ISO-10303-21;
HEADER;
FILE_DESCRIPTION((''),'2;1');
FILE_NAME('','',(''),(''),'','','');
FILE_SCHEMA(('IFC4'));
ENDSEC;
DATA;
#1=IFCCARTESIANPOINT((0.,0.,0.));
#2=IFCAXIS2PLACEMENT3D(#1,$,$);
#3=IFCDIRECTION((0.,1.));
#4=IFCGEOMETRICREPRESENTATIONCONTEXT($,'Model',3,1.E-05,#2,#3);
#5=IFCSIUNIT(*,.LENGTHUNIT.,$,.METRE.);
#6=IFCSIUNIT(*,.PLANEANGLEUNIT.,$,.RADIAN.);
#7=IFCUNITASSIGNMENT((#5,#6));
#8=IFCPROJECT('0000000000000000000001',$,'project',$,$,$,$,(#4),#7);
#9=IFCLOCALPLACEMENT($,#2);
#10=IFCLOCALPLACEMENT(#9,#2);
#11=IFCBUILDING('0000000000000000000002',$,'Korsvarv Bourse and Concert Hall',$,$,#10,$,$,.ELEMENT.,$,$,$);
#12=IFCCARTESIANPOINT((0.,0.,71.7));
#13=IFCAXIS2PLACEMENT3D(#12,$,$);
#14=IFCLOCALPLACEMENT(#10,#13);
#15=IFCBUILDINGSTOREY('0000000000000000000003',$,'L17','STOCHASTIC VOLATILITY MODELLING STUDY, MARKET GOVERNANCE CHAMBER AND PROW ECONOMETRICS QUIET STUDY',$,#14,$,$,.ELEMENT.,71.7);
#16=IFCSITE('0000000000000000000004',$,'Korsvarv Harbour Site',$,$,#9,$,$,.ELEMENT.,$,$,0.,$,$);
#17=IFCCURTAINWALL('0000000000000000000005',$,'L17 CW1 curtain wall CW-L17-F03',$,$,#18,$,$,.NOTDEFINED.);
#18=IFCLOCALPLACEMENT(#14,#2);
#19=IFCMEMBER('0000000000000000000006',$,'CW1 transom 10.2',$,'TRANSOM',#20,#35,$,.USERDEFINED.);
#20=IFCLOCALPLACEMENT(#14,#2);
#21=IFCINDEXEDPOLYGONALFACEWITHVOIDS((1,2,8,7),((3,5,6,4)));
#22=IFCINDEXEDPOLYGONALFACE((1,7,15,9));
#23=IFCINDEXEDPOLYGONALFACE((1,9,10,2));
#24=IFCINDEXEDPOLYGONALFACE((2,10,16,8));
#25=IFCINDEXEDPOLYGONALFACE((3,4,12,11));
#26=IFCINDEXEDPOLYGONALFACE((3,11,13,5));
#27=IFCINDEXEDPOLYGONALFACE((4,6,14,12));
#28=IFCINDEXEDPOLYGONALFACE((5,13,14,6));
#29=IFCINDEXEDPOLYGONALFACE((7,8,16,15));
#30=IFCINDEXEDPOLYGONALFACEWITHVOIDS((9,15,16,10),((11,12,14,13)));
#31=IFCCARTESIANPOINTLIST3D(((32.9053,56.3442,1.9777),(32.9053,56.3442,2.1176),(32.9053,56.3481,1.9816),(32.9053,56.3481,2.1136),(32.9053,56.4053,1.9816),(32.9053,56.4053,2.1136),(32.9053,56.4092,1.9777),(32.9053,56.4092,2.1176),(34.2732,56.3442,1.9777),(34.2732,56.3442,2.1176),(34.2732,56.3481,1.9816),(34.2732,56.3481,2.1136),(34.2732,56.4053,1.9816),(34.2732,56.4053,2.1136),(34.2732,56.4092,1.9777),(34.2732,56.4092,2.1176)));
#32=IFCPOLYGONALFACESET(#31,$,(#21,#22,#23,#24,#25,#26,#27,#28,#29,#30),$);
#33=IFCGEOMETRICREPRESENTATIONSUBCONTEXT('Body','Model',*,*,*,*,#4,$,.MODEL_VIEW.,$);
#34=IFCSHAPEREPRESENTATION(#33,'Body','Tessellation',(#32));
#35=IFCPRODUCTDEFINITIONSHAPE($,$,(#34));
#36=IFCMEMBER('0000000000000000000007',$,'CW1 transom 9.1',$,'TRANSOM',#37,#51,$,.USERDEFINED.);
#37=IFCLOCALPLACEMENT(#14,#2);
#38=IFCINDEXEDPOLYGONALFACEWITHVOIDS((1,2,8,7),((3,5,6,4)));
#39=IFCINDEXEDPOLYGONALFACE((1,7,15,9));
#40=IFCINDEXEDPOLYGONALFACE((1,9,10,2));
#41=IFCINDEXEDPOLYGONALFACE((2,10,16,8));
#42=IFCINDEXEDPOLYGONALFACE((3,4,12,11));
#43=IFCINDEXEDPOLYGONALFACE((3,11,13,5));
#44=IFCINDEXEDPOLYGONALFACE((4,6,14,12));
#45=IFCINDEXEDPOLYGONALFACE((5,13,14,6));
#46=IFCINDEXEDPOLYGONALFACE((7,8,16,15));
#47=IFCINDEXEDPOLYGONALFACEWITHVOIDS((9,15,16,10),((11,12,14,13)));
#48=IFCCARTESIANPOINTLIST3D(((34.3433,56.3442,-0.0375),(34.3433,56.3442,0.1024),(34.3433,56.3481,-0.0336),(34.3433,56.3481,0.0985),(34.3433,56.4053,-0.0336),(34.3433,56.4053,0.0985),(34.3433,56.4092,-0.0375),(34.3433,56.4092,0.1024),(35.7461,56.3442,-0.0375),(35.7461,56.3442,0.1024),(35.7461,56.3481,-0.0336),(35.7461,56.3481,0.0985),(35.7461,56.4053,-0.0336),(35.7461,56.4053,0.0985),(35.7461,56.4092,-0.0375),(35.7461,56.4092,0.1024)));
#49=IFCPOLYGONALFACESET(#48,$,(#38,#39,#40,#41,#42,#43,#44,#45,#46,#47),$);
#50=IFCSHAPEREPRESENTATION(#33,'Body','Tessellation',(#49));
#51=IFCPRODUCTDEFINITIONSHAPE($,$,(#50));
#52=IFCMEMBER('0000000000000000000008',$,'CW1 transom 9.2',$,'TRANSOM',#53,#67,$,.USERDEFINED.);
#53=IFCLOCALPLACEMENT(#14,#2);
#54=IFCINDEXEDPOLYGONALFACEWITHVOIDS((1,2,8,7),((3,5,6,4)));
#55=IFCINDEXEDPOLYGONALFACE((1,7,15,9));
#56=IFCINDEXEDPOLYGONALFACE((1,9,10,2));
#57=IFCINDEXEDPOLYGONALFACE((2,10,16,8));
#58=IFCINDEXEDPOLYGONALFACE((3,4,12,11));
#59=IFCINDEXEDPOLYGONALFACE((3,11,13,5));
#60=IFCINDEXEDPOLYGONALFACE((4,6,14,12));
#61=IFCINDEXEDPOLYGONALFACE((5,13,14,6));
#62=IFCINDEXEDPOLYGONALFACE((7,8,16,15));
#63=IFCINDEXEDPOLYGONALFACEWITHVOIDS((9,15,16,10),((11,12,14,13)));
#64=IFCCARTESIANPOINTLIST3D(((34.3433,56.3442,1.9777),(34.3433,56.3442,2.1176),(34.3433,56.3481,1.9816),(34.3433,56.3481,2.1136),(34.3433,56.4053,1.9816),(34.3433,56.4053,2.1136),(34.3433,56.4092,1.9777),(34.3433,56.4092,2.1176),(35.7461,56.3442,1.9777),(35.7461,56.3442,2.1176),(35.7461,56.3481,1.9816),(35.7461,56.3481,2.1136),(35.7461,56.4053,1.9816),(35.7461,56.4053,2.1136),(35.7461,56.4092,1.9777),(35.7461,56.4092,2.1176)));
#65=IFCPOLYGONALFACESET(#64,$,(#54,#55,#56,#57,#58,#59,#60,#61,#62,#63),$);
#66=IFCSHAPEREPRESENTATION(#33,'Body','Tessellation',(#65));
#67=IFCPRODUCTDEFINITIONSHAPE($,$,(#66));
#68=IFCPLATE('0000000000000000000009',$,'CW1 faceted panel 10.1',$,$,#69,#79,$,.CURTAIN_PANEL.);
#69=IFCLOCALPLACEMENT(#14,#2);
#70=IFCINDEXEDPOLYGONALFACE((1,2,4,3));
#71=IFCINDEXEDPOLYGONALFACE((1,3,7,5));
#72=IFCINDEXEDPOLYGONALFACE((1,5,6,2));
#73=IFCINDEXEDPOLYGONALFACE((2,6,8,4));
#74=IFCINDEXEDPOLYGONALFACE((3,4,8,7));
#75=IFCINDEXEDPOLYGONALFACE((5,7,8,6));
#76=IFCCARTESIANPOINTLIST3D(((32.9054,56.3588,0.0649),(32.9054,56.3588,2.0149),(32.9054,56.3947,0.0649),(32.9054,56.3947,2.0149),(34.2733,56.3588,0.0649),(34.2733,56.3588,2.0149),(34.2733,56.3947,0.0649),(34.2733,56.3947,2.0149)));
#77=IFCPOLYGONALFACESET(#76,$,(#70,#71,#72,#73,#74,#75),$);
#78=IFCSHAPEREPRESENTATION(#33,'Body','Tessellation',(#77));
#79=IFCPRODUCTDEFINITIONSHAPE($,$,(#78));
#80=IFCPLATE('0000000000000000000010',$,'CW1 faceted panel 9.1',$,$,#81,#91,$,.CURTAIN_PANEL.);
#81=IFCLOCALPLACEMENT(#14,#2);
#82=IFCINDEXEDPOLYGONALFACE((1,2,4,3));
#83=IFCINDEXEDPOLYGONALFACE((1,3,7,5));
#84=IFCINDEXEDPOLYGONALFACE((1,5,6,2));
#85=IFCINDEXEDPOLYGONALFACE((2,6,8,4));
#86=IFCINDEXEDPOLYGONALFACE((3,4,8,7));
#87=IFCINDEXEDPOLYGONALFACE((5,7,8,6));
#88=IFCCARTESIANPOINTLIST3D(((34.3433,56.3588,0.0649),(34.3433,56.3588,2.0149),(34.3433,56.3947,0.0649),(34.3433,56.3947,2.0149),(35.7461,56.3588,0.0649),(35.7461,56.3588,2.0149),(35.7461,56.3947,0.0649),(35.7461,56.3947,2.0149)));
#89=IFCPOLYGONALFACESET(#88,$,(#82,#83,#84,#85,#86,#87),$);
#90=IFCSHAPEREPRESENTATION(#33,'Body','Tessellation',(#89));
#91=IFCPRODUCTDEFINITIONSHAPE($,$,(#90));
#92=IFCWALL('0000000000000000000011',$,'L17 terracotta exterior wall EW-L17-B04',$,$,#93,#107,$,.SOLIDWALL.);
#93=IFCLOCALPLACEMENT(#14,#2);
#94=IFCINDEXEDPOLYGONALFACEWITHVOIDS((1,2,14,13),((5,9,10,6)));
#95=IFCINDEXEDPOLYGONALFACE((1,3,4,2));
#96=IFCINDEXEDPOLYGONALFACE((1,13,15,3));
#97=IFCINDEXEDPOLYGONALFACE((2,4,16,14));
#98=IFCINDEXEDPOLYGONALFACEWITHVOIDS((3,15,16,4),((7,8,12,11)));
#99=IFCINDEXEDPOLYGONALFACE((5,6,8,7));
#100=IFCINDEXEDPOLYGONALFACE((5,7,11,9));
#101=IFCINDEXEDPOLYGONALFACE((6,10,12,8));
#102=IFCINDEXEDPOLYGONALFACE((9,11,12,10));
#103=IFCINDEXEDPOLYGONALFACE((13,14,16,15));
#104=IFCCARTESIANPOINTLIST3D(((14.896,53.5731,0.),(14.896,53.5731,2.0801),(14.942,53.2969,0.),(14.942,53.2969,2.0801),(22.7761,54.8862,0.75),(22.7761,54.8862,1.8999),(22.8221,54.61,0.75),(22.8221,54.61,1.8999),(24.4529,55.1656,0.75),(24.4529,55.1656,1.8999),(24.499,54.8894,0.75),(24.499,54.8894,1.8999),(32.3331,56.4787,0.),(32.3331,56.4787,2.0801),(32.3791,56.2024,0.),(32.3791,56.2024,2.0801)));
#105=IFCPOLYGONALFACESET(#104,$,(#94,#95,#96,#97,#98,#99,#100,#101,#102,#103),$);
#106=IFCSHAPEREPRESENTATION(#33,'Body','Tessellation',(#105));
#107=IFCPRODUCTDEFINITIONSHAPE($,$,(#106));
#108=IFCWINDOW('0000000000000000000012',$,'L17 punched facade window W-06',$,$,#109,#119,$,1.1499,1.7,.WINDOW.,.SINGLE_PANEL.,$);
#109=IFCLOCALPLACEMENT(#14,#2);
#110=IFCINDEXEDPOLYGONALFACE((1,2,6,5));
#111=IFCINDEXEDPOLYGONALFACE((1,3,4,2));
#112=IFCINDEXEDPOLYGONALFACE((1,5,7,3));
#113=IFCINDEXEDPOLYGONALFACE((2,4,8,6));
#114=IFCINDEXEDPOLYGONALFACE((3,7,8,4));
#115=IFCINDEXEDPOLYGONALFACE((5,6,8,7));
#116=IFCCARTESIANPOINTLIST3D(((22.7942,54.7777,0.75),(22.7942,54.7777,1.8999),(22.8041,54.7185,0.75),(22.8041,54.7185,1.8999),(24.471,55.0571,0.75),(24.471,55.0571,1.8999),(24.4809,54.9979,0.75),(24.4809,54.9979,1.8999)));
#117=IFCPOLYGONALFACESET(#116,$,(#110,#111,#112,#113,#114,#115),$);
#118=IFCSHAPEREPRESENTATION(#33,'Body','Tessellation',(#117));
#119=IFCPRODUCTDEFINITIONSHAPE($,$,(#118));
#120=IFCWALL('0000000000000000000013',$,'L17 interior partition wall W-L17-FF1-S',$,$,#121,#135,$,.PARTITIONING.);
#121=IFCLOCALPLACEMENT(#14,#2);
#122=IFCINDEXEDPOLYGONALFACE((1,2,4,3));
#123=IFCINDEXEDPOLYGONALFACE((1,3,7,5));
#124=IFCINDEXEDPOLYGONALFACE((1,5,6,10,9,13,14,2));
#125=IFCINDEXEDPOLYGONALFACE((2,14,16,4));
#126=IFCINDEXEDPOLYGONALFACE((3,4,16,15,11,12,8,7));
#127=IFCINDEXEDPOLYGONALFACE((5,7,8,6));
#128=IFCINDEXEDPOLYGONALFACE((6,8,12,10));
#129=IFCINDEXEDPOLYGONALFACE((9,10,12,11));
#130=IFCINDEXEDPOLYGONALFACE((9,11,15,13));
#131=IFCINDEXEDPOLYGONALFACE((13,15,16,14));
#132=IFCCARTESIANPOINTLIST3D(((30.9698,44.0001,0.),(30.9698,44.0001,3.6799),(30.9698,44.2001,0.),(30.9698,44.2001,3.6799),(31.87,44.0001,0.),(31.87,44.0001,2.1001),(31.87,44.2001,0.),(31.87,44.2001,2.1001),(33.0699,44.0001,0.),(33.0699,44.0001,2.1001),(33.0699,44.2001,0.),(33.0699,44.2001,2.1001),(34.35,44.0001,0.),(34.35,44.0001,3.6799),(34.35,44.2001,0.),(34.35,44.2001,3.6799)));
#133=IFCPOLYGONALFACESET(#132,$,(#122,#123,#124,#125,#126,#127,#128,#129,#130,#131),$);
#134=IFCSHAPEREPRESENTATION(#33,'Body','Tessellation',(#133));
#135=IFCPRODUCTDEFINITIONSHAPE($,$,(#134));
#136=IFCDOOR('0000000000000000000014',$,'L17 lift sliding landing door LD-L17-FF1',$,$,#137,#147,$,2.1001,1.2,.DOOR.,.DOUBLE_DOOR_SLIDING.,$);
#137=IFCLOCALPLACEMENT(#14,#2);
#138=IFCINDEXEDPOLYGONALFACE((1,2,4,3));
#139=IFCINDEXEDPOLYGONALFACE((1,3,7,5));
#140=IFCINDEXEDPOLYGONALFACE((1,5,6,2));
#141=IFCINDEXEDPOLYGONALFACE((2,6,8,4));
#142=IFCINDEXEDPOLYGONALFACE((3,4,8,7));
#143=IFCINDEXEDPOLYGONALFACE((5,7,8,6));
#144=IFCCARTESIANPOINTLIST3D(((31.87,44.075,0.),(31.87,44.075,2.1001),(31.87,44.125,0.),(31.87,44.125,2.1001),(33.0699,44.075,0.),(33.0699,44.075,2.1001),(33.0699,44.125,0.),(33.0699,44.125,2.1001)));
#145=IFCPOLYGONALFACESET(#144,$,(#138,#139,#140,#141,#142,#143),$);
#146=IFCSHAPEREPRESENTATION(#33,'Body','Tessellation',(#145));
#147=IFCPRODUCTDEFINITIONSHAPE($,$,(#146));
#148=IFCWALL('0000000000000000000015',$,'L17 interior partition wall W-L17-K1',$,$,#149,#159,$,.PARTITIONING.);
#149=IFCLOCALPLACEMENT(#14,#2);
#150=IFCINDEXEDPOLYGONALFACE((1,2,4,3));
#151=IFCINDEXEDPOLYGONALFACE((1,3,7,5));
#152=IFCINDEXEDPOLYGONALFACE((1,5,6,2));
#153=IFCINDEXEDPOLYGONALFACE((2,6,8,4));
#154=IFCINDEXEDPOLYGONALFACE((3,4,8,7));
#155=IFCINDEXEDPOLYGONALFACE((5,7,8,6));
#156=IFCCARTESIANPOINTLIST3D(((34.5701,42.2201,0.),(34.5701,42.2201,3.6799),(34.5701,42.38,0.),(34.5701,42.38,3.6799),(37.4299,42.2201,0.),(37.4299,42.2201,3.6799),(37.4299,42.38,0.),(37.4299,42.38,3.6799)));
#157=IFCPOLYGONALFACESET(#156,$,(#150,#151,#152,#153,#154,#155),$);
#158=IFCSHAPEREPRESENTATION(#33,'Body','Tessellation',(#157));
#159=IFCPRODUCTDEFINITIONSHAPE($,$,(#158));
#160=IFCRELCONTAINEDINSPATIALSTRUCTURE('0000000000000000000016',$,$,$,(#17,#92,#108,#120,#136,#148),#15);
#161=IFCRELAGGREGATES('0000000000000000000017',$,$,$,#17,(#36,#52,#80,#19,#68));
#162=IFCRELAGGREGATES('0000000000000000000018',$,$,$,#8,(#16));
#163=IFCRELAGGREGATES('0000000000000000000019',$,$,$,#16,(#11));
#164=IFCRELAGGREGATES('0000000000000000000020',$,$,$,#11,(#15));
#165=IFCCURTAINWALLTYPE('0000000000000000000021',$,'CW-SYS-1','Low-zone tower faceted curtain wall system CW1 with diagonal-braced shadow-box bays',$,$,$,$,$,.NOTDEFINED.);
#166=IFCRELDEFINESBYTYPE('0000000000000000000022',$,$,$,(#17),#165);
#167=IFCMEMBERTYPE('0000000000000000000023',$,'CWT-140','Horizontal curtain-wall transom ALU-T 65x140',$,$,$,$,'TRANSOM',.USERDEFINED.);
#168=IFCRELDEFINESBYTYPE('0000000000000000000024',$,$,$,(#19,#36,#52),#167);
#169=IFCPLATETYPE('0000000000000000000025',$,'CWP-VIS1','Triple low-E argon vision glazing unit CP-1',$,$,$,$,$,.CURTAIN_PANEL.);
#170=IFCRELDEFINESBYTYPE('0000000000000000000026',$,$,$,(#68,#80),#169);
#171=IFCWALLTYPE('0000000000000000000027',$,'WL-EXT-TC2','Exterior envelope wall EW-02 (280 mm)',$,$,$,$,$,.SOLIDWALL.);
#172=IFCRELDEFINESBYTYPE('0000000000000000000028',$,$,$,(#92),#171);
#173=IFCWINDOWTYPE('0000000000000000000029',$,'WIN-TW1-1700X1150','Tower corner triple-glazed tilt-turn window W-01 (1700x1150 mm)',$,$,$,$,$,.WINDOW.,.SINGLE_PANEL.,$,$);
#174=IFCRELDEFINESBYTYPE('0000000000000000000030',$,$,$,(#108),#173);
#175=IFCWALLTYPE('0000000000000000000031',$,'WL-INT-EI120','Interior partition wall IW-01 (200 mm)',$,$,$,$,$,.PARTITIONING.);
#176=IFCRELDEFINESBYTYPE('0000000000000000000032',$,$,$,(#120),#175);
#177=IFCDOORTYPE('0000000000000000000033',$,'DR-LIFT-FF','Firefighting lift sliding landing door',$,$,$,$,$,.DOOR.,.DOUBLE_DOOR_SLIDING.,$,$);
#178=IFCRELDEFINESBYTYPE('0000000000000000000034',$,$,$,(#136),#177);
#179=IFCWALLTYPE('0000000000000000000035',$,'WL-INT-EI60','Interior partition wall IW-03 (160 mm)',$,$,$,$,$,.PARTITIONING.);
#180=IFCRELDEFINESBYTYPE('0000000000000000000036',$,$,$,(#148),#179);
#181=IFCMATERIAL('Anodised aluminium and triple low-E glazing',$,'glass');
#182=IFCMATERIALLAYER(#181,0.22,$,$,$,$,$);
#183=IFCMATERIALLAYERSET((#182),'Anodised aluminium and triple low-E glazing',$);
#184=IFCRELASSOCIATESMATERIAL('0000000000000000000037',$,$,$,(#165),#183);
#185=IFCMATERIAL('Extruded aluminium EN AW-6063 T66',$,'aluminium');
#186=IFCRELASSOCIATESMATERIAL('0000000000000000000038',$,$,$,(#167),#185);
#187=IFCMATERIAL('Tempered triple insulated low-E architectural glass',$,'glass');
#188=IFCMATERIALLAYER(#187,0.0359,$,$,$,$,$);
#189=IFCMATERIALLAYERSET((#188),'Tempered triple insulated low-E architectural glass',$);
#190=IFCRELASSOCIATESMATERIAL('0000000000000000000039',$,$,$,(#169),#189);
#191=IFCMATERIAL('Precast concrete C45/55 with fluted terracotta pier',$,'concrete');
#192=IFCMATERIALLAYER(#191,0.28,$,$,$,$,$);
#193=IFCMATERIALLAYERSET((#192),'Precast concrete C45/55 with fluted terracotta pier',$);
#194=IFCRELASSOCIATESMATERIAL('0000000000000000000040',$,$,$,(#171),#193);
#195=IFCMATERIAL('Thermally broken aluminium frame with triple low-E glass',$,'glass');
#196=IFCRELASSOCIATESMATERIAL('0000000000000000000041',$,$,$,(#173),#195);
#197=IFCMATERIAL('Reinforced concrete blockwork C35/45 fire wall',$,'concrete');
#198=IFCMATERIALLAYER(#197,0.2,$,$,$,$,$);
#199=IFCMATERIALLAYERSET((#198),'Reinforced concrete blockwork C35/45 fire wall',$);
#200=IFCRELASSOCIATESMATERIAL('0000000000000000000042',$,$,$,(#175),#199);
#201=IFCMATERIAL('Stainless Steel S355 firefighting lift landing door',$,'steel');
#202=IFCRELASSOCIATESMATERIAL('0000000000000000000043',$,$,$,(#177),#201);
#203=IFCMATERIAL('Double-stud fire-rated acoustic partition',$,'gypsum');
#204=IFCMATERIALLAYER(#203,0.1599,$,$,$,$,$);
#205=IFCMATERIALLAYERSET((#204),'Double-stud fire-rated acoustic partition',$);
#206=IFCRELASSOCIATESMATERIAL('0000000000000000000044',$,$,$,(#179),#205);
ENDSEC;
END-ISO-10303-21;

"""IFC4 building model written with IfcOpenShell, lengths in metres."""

from ifc_helpers import new_model, si_unit, direction, frame, frame_2d, origin, origin_2d, place, context, subcontext, project, spatial, rectangle, hollow_rectangle, extrude, source, transform, mapped, material, layer, layer_set, material_profile, profile_set, type_object, element, fill, aggregate, save


model = new_model("IFC4")

# Units and contexts
model_context = context("Model", 3, precision=1e-05, world=origin(), true_north=direction((0.0, 1.0)))
body_context = subcontext(model_context, "Body", "Model", "MODEL_VIEW")
ifc_project = project(units=[si_unit("LENGTHUNIT", "METRE"), si_unit("PLANEANGLEUNIT", "RADIAN")], contexts=[model_context])

# Site, building, storey
site_placement = place(None, origin())
site = spatial("IfcSite", under=ifc_project, at=site_placement, Name="Korsvarv Harbour Site", CompositionType="ELEMENT", RefElevation=0.0)
building_placement = place(site_placement, origin())
building = spatial("IfcBuilding", under=site, at=building_placement, Name="Korsvarv Bourse and Concert Hall", CompositionType="ELEMENT")
storey_placement = place(building_placement, frame((0.0, 0.0, 71.7)))
storey = spatial("IfcBuildingStorey", under=building, at=storey_placement, Name="L17", Description="STOCHASTIC VOLATILITY MODELLING STUDY, MARKET GOVERNANCE CHAMBER AND PROW ECONOMETRICS QUIET STUDY", CompositionType="ELEMENT", Elevation=71.7)

# Curtain wall, members, plates
ifc_material_1 = material(Name="Anodised aluminium and triple low-E glazing", Category="glass")
ifc_layer_1 = layer(ifc_material_1, 0.22)
ifc_layer_set_1 = layer_set([ifc_layer_1], Name="Anodised aluminium and triple low-E glazing")
curtain_wall_type = type_object("IfcCurtainWallType", Name="CW-SYS-1", Description="Low-zone tower faceted curtain wall system CW1 with diagonal-braced shadow-box bays", PredefinedType="NOTDEFINED", material=ifc_layer_set_1)
curtain_wall_placement = place(storey_placement, origin())
curtain_wall = element("IfcCurtainWall", 1, at=curtain_wall_placement, inside=storey, type_object=curtain_wall_type, Name="L17 CW1 curtain wall CW-L17-F03", PredefinedType="NOTDEFINED")
ifc_material_2 = material(Name="Extruded aluminium EN AW-6063 T66", Category="aluminium")
ifc_material_profile_1 = material_profile(ifc_material_2, hollow_rectangle(XDim=0.0649, YDim=0.1399, WallThickness=0.0039, at=origin_2d()), Name="ALU-T 65x140")
ifc_profile_set_1 = profile_set([ifc_material_profile_1], Name="Extruded aluminium EN AW-6063 T66")
member_type_1 = type_object("IfcMemberType", Name="CWT-140", Description="Horizontal curtain-wall transom ALU-T 65x140", ElementType="TRANSOM", PredefinedType="USERDEFINED", material=ifc_profile_set_1)
shared_shape_1 = source(origin(), body_context, "Body", "SweptSolid", [
    extrude(hollow_rectangle(XDim=0.0649, YDim=0.1399, WallThickness=0.0039, at=origin_2d()), origin(), (0.0, 0.0, 1.0), 1.3679),
])
member_1_placement = place(storey_placement, frame((34.2732, 56.3767, 2.0476), z_axis=(-1.0, 0.0, 0.0), x_axis=(0.0, -1.0, 0.0)))
member_1 = element("IfcMember", 2, at=member_1_placement, type_object=member_type_1, Name="CW1 transom 10.2", ObjectType="TRANSOM", PredefinedType="USERDEFINED", context=body_context, shape_type="MappedRepresentation", body=[
    mapped(shared_shape_1, transform((0.0, 0.0, 0.0), scale=1.0)),
])
shared_shape_2 = source(origin(), body_context, "Body", "SweptSolid", [
    extrude(hollow_rectangle(XDim=0.0649, YDim=0.1399, WallThickness=0.0039, at=origin_2d()), origin(), (0.0, 0.0, 1.0), 1.4028),
])
member_2_placement = place(storey_placement, frame((35.7461, 56.3767, 0.0325), z_axis=(-1.0, 0.0, 0.0), x_axis=(0.0, -1.0, 0.0)))
member_2 = element("IfcMember", 3, at=member_2_placement, type_object=member_type_1, Name="CW1 transom 9.1", ObjectType="TRANSOM", PredefinedType="USERDEFINED", context=body_context, shape_type="MappedRepresentation", body=[
    mapped(shared_shape_2, transform((0.0, 0.0, 0.0), scale=1.0)),
])
member_3_placement = place(storey_placement, frame((35.7461, 56.3767, 2.0476), z_axis=(-1.0, 0.0, 0.0), x_axis=(0.0, -1.0, 0.0)))
member_3 = element("IfcMember", 4, at=member_3_placement, type_object=member_type_1, Name="CW1 transom 9.2", ObjectType="TRANSOM", PredefinedType="USERDEFINED", context=body_context, shape_type="MappedRepresentation", body=[
    mapped(shared_shape_2, transform((0.0, 0.0, 0.0), scale=1.0)),
])
ifc_material_3 = material(Name="Tempered triple insulated low-E architectural glass", Category="glass")
ifc_layer_2 = layer(ifc_material_3, 0.0359)
ifc_layer_set_2 = layer_set([ifc_layer_2], Name="Tempered triple insulated low-E architectural glass")
plate_type = type_object("IfcPlateType", Name="CWP-VIS1", Description="Triple low-E argon vision glazing unit CP-1", PredefinedType="CURTAIN_PANEL", material=ifc_layer_set_2)
shared_shape_3 = source(origin(), body_context, "Body", "SweptSolid", [
    extrude(rectangle(XDim=1.3679, YDim=0.0359, at=origin_2d()), origin(), (0.0, 0.0, 1.0), 1.95),
])
plate_1_placement = place(storey_placement, frame((33.5894, 56.3767, 0.0649), z_axis=(0.0, 0.0, 1.0), x_axis=(-1.0, 0.0, 0.0)))
plate_1 = element("IfcPlate", 5, at=plate_1_placement, type_object=plate_type, Name="CW1 faceted panel 10.1", PredefinedType="CURTAIN_PANEL", context=body_context, shape_type="MappedRepresentation", body=[
    mapped(shared_shape_3, transform((0.0, 0.0, 0.0), scale=1.0)),
])
shared_shape_4 = source(origin(), body_context, "Body", "SweptSolid", [
    extrude(rectangle(XDim=1.4028, YDim=0.0359, at=origin_2d()), origin(), (0.0, 0.0, 1.0), 1.95),
])
plate_2_placement = place(storey_placement, frame((35.0447, 56.3767, 0.0649), z_axis=(0.0, 0.0, 1.0), x_axis=(-1.0, 0.0, 0.0)))
plate_2 = element("IfcPlate", 6, at=plate_2_placement, type_object=plate_type, Name="CW1 faceted panel 9.1", PredefinedType="CURTAIN_PANEL", context=body_context, shape_type="MappedRepresentation", body=[
    mapped(shared_shape_4, transform((0.0, 0.0, 0.0), scale=1.0)),
])
aggregate(curtain_wall, [member_2, member_3, plate_2, member_1, plate_1])

# Wall, opening, window
ifc_material_4 = material(Name="Precast concrete C45/55 with fluted terracotta pier", Category="concrete")
ifc_layer_3 = layer(ifc_material_4, 0.28)
ifc_layer_set_3 = layer_set([ifc_layer_3], Name="Precast concrete C45/55 with fluted terracotta pier")
wall_type_1 = type_object("IfcWallType", Name="WL-EXT-TC2", Description="Exterior envelope wall EW-02 (280 mm)", PredefinedType="SOLIDWALL", material=ifc_layer_set_3)
wall_1_placement = place(storey_placement, frame((32.3562, 56.3406, 0.0), z_axis=(0.0, 0.0, 1.0), x_axis=(-0.9864, -0.164363, 0.0)))
wall_1 = element("IfcWall", 7, at=wall_1_placement, inside=storey, type_object=wall_type_1, Name="L17 terracotta exterior wall EW-L17-B04", PredefinedType="SOLIDWALL", context=body_context, shape_type="SweptSolid", body=[
    extrude(rectangle(XDim=17.6775, YDim=0.28, at=frame_2d((8.8389, 0.0))), origin(), (0.0, 0.0, 1.0), 2.0801),
])
opening_1_placement = place(wall_1_placement, frame((7.9888, 0.0, 0.75)))
opening_1 = element("IfcOpeningElement", 8, at=opening_1_placement, cuts=wall_1, PredefinedType="OPENING", context=body_context, shape_type="SweptSolid", body=[
    extrude(rectangle(XDim=1.7, YDim=1.1499, at=frame_2d((0.8501, 0.575))), frame((0.0, 0.1499, 0.0), z_axis=(0.0, -1.0, 0.0), x_axis=(1.0, 0.0, 0.0)), (0.0, 0.0, 1.0), 0.3),
])
ifc_material_5 = material(Name="Thermally broken aluminium frame with triple low-E glass", Category="glass")
window_type = type_object("IfcWindowType", Name="WIN-TW1-1700X1150", Description="Tower corner triple-glazed tilt-turn window W-01 (1700x1150 mm)", PartitioningType="SINGLE_PANEL", PredefinedType="WINDOW", material=ifc_material_5)
window_placement = place(opening_1_placement, origin())
window = element("IfcWindow", 9, at=window_placement, inside=storey, type_object=window_type, Name="L17 punched facade window W-06", OverallHeight=1.1499, OverallWidth=1.7, PartitioningType="SINGLE_PANEL", PredefinedType="WINDOW", context=body_context, shape_type="SweptSolid", body=[
    extrude(rectangle(XDim=1.7, YDim=1.1499, at=frame_2d((0.8501, 0.575))), frame((0.0, 0.03, 0.0), z_axis=(0.0, -1.0, 0.0), x_axis=(1.0, 0.0, 0.0)), (0.0, 0.0, 1.0), 0.0601),
])
fill(opening_1, window)

# Wall, opening, door
ifc_material_6 = material(Name="Reinforced concrete blockwork C35/45 fire wall", Category="concrete")
ifc_layer_4 = layer(ifc_material_6, 0.2)
ifc_layer_set_4 = layer_set([ifc_layer_4], Name="Reinforced concrete blockwork C35/45 fire wall")
wall_type_2 = type_object("IfcWallType", Name="WL-INT-EI120", Description="Interior partition wall IW-01 (200 mm)", PredefinedType="PARTITIONING", material=ifc_layer_set_4)
wall_2_placement = place(storey_placement, frame((30.97, 44.1001, 0.0), z_axis=(0.0, 0.0, 1.0), x_axis=(1.0, 0.0, 0.0)))
wall_2 = element("IfcWall", 10, at=wall_2_placement, inside=storey, type_object=wall_type_2, Name="L17 interior partition wall W-L17-FF1-S", PredefinedType="PARTITIONING", context=body_context, shape_type="SweptSolid", body=[
    extrude(rectangle(XDim=3.3801, YDim=0.2, at=frame_2d((1.6899, 0.0))), origin(), (0.0, 0.0, 1.0), 3.6799),
])
opening_2_placement = place(wall_2_placement, frame((0.8999, 0.0, 0.0)))
opening_2 = element("IfcOpeningElement", 11, at=opening_2_placement, cuts=wall_2, PredefinedType="OPENING", context=body_context, shape_type="SweptSolid", body=[
    extrude(rectangle(XDim=1.2, YDim=2.1001, at=frame_2d((0.6001, 1.05))), frame((0.0, 0.1099, 0.0), z_axis=(0.0, -1.0, 0.0), x_axis=(1.0, 0.0, 0.0)), (0.0, 0.0, 1.0), 0.22),
])
ifc_material_7 = material(Name="Stainless Steel S355 firefighting lift landing door", Category="steel")
door_type = type_object("IfcDoorType", Name="DR-LIFT-FF", Description="Firefighting lift sliding landing door", OperationType="DOUBLE_DOOR_SLIDING", PredefinedType="DOOR", material=ifc_material_7)
door_placement = place(opening_2_placement, origin())
door = element("IfcDoor", 12, at=door_placement, inside=storey, type_object=door_type, Name="L17 lift sliding landing door LD-L17-FF1", OperationType="DOUBLE_DOOR_SLIDING", OverallHeight=2.1001, OverallWidth=1.2, PredefinedType="DOOR", context=body_context, shape_type="SweptSolid", body=[
    extrude(rectangle(XDim=1.2, YDim=2.1001, at=frame_2d((0.6001, 1.05))), frame((0.0, 0.0249, 0.0), z_axis=(0.0, -1.0, 0.0), x_axis=(1.0, 0.0, 0.0)), (0.0, 0.0, 1.0), 0.05),
])
fill(opening_2, door)

# Wall
ifc_material_8 = material(Name="Double-stud fire-rated acoustic partition", Category="gypsum")
ifc_layer_5 = layer(ifc_material_8, 0.1599)
ifc_layer_set_5 = layer_set([ifc_layer_5], Name="Double-stud fire-rated acoustic partition")
wall_type_3 = type_object("IfcWallType", Name="WL-INT-EI60", Description="Interior partition wall IW-03 (160 mm)", PredefinedType="PARTITIONING", material=ifc_layer_set_5)
wall_3_placement = place(storey_placement, frame((34.5701, 42.3, 0.0), z_axis=(0.0, 0.0, 1.0), x_axis=(1.0, 0.0, 0.0)))
element("IfcWall", 13, at=wall_3_placement, inside=storey, type_object=wall_type_3, Name="L17 interior partition wall W-L17-K1", PredefinedType="PARTITIONING", context=body_context, shape_type="SweptSolid", body=[
    extrude(rectangle(XDim=2.8599, YDim=0.1599, at=frame_2d((1.4299, 0.0))), origin(), (0.0, 0.0, 1.0), 3.6799),
])

save(model, "model.ifc")
